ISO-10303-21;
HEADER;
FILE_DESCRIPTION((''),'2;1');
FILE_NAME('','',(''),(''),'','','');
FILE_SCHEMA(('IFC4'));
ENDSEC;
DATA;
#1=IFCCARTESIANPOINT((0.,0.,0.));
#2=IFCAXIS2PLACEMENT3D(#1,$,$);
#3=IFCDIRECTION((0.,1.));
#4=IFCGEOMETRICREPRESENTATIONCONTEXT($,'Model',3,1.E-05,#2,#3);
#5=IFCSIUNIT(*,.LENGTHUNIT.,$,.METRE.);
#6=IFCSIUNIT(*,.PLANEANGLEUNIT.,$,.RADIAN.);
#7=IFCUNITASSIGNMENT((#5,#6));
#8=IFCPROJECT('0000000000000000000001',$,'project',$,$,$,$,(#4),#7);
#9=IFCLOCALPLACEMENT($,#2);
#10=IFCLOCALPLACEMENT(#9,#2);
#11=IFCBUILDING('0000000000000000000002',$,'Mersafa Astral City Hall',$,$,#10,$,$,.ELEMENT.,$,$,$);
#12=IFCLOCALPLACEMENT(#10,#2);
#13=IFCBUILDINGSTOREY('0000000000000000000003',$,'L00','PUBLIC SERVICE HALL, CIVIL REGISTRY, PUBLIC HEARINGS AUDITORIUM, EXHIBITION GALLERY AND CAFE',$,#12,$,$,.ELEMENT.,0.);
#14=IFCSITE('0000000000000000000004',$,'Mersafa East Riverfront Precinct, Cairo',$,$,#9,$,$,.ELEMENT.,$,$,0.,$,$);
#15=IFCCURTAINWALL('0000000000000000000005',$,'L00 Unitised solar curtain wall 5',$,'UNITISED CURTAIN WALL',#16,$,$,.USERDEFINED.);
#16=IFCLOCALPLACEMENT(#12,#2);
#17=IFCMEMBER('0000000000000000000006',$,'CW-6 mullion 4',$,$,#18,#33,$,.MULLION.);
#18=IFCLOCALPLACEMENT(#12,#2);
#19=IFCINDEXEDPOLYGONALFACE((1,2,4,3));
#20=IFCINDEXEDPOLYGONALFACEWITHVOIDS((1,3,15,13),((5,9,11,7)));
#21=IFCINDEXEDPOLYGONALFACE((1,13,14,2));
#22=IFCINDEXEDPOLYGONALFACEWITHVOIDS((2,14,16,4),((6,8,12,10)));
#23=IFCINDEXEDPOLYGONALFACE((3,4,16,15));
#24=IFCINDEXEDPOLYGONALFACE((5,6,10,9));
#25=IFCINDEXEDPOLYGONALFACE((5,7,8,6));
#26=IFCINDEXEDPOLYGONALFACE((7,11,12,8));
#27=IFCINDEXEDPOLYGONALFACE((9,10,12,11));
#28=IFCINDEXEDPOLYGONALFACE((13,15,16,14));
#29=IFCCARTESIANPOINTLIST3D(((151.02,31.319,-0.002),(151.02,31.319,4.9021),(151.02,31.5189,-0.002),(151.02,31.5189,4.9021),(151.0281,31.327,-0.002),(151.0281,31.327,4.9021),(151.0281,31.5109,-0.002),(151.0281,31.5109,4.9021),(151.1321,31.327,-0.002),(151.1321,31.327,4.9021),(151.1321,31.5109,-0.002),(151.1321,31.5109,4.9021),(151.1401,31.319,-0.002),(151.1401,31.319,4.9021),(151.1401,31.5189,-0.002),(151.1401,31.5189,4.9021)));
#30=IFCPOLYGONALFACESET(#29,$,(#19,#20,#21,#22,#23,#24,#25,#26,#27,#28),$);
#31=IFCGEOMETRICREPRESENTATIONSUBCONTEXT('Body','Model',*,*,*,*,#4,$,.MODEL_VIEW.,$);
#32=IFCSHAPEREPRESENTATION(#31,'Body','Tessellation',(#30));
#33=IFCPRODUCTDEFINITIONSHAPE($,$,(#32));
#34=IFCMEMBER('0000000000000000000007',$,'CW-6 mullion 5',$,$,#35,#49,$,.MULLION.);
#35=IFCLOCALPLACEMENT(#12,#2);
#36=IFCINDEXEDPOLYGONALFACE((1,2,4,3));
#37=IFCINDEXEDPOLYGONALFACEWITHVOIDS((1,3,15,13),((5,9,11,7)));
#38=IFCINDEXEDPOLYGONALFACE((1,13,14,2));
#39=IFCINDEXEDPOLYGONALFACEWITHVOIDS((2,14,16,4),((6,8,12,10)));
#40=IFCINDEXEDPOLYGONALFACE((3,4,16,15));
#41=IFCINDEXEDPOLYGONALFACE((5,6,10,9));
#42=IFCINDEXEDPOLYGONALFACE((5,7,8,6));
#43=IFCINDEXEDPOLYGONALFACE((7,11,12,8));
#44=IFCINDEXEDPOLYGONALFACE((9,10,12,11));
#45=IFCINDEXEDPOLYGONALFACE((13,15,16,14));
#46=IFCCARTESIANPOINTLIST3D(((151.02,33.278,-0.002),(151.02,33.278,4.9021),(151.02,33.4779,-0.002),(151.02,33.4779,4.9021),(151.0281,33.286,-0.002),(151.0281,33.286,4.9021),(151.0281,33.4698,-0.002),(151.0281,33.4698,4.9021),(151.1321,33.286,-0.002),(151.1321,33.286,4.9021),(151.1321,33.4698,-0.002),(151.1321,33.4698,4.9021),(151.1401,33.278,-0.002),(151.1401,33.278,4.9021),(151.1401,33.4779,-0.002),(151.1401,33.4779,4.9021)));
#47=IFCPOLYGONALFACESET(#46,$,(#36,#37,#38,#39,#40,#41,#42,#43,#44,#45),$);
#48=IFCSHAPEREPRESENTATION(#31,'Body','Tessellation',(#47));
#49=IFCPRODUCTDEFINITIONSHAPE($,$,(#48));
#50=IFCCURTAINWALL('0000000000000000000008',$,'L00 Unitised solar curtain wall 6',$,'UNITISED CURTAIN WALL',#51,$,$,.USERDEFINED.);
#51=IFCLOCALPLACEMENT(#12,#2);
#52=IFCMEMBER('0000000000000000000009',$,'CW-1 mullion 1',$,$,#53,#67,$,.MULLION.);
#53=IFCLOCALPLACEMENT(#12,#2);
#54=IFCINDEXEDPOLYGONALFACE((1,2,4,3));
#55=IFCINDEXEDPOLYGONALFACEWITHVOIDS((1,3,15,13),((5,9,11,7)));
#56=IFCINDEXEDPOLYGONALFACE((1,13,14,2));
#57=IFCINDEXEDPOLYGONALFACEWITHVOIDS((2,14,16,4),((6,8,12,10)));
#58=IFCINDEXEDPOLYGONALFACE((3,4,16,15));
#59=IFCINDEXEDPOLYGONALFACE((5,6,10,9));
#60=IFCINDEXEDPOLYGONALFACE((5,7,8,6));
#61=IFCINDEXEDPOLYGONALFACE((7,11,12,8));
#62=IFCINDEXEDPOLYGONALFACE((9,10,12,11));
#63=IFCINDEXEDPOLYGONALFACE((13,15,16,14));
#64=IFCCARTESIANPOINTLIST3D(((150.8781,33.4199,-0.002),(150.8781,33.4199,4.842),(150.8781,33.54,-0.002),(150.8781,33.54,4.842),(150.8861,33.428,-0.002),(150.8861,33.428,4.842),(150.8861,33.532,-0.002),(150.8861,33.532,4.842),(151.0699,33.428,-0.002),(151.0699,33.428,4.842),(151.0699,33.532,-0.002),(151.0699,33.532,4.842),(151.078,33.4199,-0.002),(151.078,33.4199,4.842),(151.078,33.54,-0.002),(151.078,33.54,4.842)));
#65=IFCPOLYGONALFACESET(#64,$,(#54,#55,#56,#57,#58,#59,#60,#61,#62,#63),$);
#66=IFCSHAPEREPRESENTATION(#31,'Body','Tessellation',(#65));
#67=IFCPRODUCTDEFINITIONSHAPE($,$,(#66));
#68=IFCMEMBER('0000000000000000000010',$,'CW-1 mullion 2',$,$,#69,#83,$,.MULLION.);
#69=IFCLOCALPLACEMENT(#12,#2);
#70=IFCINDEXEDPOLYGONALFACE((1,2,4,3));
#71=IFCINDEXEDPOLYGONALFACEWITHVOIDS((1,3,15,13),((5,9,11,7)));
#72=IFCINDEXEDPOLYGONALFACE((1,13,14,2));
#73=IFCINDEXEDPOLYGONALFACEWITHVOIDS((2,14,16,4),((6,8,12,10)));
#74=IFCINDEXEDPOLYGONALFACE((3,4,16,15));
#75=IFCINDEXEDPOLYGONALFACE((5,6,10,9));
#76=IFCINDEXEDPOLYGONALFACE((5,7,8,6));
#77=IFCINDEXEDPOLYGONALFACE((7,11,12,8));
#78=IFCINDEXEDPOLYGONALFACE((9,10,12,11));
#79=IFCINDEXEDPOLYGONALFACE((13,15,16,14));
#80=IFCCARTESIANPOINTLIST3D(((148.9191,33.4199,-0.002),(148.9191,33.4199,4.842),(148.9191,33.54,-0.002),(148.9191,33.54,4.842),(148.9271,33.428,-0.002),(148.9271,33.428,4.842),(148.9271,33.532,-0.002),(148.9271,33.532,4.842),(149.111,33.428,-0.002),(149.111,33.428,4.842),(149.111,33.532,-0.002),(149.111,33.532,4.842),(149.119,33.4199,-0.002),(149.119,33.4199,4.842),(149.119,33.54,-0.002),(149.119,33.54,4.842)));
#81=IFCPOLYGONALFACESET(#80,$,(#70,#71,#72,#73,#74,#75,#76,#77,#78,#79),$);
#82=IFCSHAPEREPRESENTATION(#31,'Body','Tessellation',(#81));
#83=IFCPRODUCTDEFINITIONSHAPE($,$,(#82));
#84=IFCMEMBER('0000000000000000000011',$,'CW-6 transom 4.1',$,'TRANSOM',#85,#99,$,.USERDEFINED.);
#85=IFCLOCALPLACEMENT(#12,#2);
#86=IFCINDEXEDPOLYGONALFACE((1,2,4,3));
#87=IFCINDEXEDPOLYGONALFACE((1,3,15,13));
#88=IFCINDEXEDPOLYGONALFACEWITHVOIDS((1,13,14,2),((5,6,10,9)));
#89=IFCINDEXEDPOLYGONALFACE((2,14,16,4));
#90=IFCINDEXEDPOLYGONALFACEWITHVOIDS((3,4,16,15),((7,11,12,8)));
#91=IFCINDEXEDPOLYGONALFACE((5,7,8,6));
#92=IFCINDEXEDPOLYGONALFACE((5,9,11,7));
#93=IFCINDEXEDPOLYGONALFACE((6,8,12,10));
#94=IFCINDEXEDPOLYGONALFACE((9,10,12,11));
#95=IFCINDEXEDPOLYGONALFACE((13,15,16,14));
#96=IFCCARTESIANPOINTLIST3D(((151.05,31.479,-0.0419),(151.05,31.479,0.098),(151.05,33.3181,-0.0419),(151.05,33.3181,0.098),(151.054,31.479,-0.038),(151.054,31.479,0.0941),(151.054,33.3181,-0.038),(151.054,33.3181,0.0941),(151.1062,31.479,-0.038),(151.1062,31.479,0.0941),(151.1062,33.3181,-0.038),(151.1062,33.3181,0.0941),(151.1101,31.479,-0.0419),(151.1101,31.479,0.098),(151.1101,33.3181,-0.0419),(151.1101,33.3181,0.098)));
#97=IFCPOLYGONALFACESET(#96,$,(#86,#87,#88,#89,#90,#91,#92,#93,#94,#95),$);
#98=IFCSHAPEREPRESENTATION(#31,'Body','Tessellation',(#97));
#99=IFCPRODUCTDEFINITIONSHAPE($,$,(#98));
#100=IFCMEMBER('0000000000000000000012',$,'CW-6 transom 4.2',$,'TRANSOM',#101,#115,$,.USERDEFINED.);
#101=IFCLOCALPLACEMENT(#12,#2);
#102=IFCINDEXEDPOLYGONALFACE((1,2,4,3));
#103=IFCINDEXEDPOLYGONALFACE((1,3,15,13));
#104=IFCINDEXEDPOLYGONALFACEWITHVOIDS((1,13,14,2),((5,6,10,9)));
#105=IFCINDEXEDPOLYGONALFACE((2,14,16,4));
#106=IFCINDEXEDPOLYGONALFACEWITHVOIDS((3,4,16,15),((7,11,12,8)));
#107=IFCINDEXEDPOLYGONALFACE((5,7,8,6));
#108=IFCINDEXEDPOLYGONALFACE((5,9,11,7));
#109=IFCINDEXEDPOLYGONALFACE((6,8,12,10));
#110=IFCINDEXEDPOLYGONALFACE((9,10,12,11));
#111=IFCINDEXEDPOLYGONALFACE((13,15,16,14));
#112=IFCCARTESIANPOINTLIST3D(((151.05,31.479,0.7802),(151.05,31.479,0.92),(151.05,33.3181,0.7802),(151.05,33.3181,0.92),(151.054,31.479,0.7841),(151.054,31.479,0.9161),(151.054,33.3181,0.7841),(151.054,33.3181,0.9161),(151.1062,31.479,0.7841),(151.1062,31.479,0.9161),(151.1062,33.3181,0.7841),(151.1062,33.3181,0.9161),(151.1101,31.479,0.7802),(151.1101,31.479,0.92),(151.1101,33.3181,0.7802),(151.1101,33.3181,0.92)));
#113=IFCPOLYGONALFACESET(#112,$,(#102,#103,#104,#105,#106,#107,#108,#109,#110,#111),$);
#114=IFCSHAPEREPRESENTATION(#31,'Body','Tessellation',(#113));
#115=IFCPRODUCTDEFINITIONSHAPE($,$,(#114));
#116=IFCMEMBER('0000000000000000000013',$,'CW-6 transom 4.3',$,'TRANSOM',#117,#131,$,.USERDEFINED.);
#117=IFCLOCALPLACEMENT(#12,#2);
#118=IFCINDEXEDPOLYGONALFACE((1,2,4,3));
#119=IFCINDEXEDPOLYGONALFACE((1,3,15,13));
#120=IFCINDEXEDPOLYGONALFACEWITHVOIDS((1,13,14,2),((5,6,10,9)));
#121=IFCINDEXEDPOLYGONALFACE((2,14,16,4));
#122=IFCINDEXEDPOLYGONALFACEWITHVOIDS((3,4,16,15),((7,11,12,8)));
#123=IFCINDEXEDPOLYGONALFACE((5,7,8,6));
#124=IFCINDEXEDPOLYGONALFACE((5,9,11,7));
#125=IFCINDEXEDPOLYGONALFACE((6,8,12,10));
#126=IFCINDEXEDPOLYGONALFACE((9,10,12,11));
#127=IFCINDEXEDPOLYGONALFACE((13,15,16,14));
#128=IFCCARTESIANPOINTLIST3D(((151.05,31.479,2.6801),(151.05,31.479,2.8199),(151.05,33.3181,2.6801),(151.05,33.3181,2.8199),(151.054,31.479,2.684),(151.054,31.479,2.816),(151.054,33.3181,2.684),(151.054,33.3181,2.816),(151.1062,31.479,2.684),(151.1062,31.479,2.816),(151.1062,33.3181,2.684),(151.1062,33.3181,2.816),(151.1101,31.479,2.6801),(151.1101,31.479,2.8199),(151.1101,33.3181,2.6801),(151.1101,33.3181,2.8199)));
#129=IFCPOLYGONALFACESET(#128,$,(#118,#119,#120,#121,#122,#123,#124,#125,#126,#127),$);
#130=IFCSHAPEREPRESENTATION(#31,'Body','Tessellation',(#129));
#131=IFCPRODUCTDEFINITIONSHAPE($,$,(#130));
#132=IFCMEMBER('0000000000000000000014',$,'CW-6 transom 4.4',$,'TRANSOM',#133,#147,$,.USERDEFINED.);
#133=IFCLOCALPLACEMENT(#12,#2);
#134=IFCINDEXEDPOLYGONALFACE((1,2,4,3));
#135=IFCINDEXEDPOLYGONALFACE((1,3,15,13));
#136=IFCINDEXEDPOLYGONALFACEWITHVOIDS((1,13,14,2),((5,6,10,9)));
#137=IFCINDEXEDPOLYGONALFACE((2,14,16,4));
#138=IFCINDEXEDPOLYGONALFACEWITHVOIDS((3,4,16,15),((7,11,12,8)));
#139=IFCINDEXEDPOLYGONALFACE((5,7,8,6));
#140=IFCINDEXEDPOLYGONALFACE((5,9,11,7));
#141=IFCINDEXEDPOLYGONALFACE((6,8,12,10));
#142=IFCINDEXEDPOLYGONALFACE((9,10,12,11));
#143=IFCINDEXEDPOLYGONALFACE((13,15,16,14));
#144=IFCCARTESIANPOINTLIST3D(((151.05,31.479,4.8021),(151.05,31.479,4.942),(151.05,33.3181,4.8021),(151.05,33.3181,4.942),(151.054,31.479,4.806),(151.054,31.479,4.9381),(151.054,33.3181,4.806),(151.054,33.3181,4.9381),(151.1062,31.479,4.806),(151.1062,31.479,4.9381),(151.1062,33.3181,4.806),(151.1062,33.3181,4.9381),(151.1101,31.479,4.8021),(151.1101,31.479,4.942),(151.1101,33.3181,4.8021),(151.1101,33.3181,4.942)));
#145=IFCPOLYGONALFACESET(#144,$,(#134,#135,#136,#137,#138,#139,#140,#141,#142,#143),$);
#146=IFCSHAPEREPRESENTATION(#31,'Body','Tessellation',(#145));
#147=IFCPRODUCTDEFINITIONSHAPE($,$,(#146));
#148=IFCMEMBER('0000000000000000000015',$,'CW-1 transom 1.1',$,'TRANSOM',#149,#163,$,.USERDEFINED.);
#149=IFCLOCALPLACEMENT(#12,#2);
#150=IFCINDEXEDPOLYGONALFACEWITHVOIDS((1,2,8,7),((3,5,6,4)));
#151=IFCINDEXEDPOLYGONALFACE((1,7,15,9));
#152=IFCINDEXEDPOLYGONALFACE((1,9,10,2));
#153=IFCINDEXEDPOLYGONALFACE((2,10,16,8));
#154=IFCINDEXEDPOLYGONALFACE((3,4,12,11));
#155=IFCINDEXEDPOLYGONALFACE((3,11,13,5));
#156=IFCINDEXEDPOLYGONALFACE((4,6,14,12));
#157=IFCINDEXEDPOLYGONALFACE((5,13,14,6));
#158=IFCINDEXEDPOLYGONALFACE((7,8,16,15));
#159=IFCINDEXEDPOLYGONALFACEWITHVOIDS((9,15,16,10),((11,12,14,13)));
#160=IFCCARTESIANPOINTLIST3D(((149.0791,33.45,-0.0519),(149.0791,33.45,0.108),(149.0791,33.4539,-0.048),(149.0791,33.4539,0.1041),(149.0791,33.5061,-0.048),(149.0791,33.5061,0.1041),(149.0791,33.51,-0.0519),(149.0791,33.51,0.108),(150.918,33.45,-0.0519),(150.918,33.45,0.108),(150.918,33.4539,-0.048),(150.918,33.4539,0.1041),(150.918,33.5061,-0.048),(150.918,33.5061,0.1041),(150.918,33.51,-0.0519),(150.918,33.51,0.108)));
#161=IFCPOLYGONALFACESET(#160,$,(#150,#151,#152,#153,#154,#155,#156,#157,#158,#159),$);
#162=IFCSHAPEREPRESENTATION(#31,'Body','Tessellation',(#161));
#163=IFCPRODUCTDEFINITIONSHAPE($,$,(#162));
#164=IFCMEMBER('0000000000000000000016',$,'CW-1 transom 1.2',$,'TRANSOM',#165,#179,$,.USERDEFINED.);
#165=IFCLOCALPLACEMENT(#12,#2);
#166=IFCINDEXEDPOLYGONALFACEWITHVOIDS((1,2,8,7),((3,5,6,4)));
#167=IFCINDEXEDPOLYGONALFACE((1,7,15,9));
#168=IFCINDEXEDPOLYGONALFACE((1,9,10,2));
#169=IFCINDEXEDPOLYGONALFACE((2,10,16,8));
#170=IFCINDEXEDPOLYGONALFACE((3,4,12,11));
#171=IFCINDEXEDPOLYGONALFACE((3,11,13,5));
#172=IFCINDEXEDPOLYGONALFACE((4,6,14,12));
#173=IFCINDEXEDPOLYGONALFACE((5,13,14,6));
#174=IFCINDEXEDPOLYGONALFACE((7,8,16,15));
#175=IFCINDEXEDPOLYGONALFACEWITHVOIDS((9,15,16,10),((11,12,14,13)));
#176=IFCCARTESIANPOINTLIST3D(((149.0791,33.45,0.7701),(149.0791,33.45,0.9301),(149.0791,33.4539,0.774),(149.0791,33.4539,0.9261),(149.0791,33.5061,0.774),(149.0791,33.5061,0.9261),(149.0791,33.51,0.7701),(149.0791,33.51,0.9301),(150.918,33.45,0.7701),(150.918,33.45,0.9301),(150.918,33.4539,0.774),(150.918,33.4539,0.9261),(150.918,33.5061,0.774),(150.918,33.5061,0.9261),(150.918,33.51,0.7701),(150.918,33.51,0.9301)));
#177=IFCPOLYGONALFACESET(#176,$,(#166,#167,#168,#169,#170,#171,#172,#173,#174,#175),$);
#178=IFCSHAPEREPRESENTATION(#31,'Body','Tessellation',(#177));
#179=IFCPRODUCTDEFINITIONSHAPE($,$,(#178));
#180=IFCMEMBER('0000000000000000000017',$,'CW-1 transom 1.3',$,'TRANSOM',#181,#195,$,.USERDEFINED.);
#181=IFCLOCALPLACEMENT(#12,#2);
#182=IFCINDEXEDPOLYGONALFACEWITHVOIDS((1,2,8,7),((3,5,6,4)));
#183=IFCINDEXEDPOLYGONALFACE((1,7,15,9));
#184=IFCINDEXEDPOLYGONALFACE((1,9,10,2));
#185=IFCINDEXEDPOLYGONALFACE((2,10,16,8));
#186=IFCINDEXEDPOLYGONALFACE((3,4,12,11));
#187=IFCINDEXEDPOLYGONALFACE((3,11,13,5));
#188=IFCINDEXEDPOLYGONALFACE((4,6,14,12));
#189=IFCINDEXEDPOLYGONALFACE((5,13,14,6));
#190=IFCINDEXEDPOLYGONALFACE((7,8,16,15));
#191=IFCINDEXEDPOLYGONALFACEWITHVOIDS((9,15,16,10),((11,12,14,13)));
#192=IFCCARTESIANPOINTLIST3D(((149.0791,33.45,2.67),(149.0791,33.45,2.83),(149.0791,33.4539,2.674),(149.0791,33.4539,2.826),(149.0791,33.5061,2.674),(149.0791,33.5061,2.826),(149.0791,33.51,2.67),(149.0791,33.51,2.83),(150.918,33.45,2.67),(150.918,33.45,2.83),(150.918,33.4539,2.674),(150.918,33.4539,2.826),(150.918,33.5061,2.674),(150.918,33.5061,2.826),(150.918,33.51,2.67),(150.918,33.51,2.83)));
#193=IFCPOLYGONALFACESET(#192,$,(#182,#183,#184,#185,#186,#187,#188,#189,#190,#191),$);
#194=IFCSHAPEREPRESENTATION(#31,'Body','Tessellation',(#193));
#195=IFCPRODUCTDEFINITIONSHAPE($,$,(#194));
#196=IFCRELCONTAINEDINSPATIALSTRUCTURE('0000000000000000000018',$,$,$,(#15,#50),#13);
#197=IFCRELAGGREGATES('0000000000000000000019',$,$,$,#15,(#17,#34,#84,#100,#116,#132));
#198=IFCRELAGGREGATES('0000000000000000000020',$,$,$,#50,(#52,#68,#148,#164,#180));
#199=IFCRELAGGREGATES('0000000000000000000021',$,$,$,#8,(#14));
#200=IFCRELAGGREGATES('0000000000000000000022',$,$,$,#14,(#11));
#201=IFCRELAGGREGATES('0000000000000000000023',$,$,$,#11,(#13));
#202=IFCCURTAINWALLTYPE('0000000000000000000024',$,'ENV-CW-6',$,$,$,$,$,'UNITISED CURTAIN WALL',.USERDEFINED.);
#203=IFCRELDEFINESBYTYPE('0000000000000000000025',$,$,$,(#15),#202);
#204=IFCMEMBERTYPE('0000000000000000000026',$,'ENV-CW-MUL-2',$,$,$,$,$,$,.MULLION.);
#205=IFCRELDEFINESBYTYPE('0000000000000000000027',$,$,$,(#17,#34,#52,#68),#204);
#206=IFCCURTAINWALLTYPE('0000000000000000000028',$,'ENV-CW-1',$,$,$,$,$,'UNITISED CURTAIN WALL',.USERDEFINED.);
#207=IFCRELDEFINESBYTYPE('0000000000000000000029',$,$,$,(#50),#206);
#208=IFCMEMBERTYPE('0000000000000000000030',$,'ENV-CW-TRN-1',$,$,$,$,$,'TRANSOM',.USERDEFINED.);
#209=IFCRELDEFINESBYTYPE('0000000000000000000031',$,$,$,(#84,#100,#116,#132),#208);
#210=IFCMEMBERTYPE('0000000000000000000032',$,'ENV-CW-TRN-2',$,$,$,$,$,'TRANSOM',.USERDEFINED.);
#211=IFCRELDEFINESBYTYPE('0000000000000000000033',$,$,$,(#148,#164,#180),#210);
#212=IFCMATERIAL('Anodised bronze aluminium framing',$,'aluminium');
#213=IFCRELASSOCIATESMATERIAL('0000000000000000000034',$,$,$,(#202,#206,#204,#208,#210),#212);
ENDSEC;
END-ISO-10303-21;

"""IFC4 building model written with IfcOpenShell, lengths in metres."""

from ifc_helpers import new_model, si_unit, direction, frame, origin, origin_2d, place, context, subcontext, project, spatial, hollow_rectangle, extrude, material, material_profile, profile_set, type_object, element, aggregate, save


model = new_model("IFC4")

# Units and contexts
model_context = context("Model", 3, precision=1e-05, world=origin(), true_north=direction((0.0, 1.0)))
body_context = subcontext(model_context, "Body", "Model", "MODEL_VIEW")
ifc_project = project(units=[si_unit("LENGTHUNIT", "METRE"), si_unit("PLANEANGLEUNIT", "RADIAN")], contexts=[model_context])

# Site, building, storey
site_placement = place(None, origin())
site = spatial("IfcSite", under=ifc_project, at=site_placement, Name="Mersafa East Riverfront Precinct, Cairo", CompositionType="ELEMENT", RefElevation=0.0)
building_placement = place(site_placement, origin())
building = spatial("IfcBuilding", under=site, at=building_placement, Name="Mersafa Astral City Hall", CompositionType="ELEMENT")
storey_placement = place(building_placement, origin())
storey = spatial("IfcBuildingStorey", under=building, at=storey_placement, Name="L00", Description="PUBLIC SERVICE HALL, CIVIL REGISTRY, PUBLIC HEARINGS AUDITORIUM, EXHIBITION GALLERY AND CAFE", CompositionType="ELEMENT", Elevation=0.0)

# Curtain walls, members
ifc_material_1 = material(Name="Anodised bronze aluminium framing", Category="aluminium")
curtain_wall_type_1 = type_object("IfcCurtainWallType", Name="ENV-CW-6", ElementType="UNITISED CURTAIN WALL", PredefinedType="USERDEFINED", material=ifc_material_1)
curtain_wall_1_placement = place(storey_placement, origin())
curtain_wall_1 = element("IfcCurtainWall", 1, at=curtain_wall_1_placement, inside=storey, type_object=curtain_wall_type_1, Name="L00 Unitised solar curtain wall 5", ObjectType="UNITISED CURTAIN WALL", PredefinedType="USERDEFINED")
ifc_material_profile_1 = material_profile(ifc_material_1, hollow_rectangle(XDim=0.1201, YDim=0.2, WallThickness=0.0081, at=origin_2d()), Name="RHS 120x200x8")
ifc_profile_set_1 = profile_set([ifc_material_profile_1], Name="Anodised bronze aluminium framing")
member_type_1 = type_object("IfcMemberType", Name="ENV-CW-MUL-2", PredefinedType="MULLION", material=ifc_profile_set_1)
member_1_placement = place(storey_placement, frame((151.0801, 31.4189, -0.002), z_axis=(0.0, 0.0, 1.0), x_axis=(-1.0, 0.0, 0.0)))
member_1 = element("IfcMember", 2, at=member_1_placement, type_object=member_type_1, Name="CW-6 mullion 4", PredefinedType="MULLION", context=body_context, shape_type="SweptSolid", body=[
    extrude(hollow_rectangle(XDim=0.1201, YDim=0.2, WallThickness=0.0081, at=origin_2d()), origin(), (0.0, 0.0, 1.0), 4.9041),
])
member_2_placement = place(storey_placement, frame((151.0801, 33.3779, -0.002), z_axis=(0.0, 0.0, 1.0), x_axis=(-1.0, 0.0, 0.0)))
member_2 = element("IfcMember", 3, at=member_2_placement, type_object=member_type_1, Name="CW-6 mullion 5", PredefinedType="MULLION", context=body_context, shape_type="SweptSolid", body=[
    extrude(hollow_rectangle(XDim=0.1201, YDim=0.2, WallThickness=0.0081, at=origin_2d()), origin(), (0.0, 0.0, 1.0), 4.9041),
])
curtain_wall_type_2 = type_object("IfcCurtainWallType", Name="ENV-CW-1", ElementType="UNITISED CURTAIN WALL", PredefinedType="USERDEFINED", material=ifc_material_1)
curtain_wall_2_placement = place(storey_placement, origin())
curtain_wall_2 = element("IfcCurtainWall", 4, at=curtain_wall_2_placement, inside=storey, type_object=curtain_wall_type_2, Name="L00 Unitised solar curtain wall 6", ObjectType="UNITISED CURTAIN WALL", PredefinedType="USERDEFINED")
member_3_placement = place(storey_placement, frame((150.978, 33.48, -0.002), z_axis=(0.0, 0.0, 1.0), x_axis=(0.0, -1.0, 0.0)))
member_3 = element("IfcMember", 5, at=member_3_placement, type_object=member_type_1, Name="CW-1 mullion 1", PredefinedType="MULLION", context=body_context, shape_type="SweptSolid", body=[
    extrude(hollow_rectangle(XDim=0.1201, YDim=0.2, WallThickness=0.0081, at=origin_2d()), origin(), (0.0, 0.0, 1.0), 4.844),
])
member_4_placement = place(storey_placement, frame((149.019, 33.48, -0.002), z_axis=(0.0, 0.0, 1.0), x_axis=(0.0, -1.0, 0.0)))
member_4 = element("IfcMember", 6, at=member_4_placement, type_object=member_type_1, Name="CW-1 mullion 2", PredefinedType="MULLION", context=body_context, shape_type="SweptSolid", body=[
    extrude(hollow_rectangle(XDim=0.1201, YDim=0.2, WallThickness=0.0081, at=origin_2d()), origin(), (0.0, 0.0, 1.0), 4.844),
])

# Members
ifc_material_profile_2 = material_profile(ifc_material_1, hollow_rectangle(XDim=0.0601, YDim=0.1399, WallThickness=0.0039, at=origin_2d()), Name="RHS 60x140x4")
ifc_profile_set_2 = profile_set([ifc_material_profile_2], Name="Anodised bronze aluminium framing")
member_type_2 = type_object("IfcMemberType", Name="ENV-CW-TRN-1", ElementType="TRANSOM", PredefinedType="USERDEFINED", material=ifc_profile_set_2)
member_5_placement = place(storey_placement, frame((151.0801, 31.479, 0.0281), z_axis=(0.0, 1.0, 0.0), x_axis=(-1.0, 0.0, 0.0)))
member_5 = element("IfcMember", 7, at=member_5_placement, type_object=member_type_2, Name="CW-6 transom 4.1", ObjectType="TRANSOM", PredefinedType="USERDEFINED", context=body_context, shape_type="SweptSolid", body=[
    extrude(hollow_rectangle(XDim=0.0601, YDim=0.1399, WallThickness=0.0039, at=origin_2d()), origin(), (0.0, 0.0, 1.0), 1.8391),
])
member_6_placement = place(storey_placement, frame((151.0801, 31.479, 0.8501), z_axis=(0.0, 1.0, 0.0), x_axis=(-1.0, 0.0, 0.0)))
member_6 = element("IfcMember", 8, at=member_6_placement, type_object=member_type_2, Name="CW-6 transom 4.2", ObjectType="TRANSOM", PredefinedType="USERDEFINED", context=body_context, shape_type="SweptSolid", body=[
    extrude(hollow_rectangle(XDim=0.0601, YDim=0.1399, WallThickness=0.0039, at=origin_2d()), origin(), (0.0, 0.0, 1.0), 1.8391),
])
member_7_placement = place(storey_placement, frame((151.0801, 31.479, 2.75), z_axis=(0.0, 1.0, 0.0), x_axis=(-1.0, 0.0, 0.0)))
member_7 = element("IfcMember", 9, at=member_7_placement, type_object=member_type_2, Name="CW-6 transom 4.3", ObjectType="TRANSOM", PredefinedType="USERDEFINED", context=body_context, shape_type="SweptSolid", body=[
    extrude(hollow_rectangle(XDim=0.0601, YDim=0.1399, WallThickness=0.0039, at=origin_2d()), origin(), (0.0, 0.0, 1.0), 1.8391),
])
member_8_placement = place(storey_placement, frame((151.0801, 31.479, 4.8721), z_axis=(0.0, 1.0, 0.0), x_axis=(-1.0, 0.0, 0.0)))
member_8 = element("IfcMember", 10, at=member_8_placement, type_object=member_type_2, Name="CW-6 transom 4.4", ObjectType="TRANSOM", PredefinedType="USERDEFINED", context=body_context, shape_type="SweptSolid", body=[
    extrude(hollow_rectangle(XDim=0.0601, YDim=0.1399, WallThickness=0.0039, at=origin_2d()), origin(), (0.0, 0.0, 1.0), 1.8391),
])
ifc_material_profile_3 = material_profile(ifc_material_1, hollow_rectangle(XDim=0.0601, YDim=0.1599, WallThickness=0.0039, at=origin_2d()), Name="RHS 60x160x4")
ifc_profile_set_3 = profile_set([ifc_material_profile_3], Name="Anodised bronze aluminium framing")
member_type_3 = type_object("IfcMemberType", Name="ENV-CW-TRN-2", ElementType="TRANSOM", PredefinedType="USERDEFINED", material=ifc_profile_set_3)
member_9_placement = place(storey_placement, frame((150.918, 33.48, 0.0281), z_axis=(-1.0, 0.0, 0.0), x_axis=(0.0, -1.0, 0.0)))
member_9 = element("IfcMember", 11, at=member_9_placement, type_object=member_type_3, Name="CW-1 transom 1.1", ObjectType="TRANSOM", PredefinedType="USERDEFINED", context=body_context, shape_type="SweptSolid", body=[
    extrude(hollow_rectangle(XDim=0.0601, YDim=0.1599, WallThickness=0.0039, at=origin_2d()), origin(), (0.0, 0.0, 1.0), 1.8389),
])
member_10_placement = place(storey_placement, frame((150.918, 33.48, 0.8501), z_axis=(-1.0, 0.0, 0.0), x_axis=(0.0, -1.0, 0.0)))
member_10 = element("IfcMember", 12, at=member_10_placement, type_object=member_type_3, Name="CW-1 transom 1.2", ObjectType="TRANSOM", PredefinedType="USERDEFINED", context=body_context, shape_type="SweptSolid", body=[
    extrude(hollow_rectangle(XDim=0.0601, YDim=0.1599, WallThickness=0.0039, at=origin_2d()), origin(), (0.0, 0.0, 1.0), 1.8389),
])
member_11_placement = place(storey_placement, frame((150.918, 33.48, 2.75), z_axis=(-1.0, 0.0, 0.0), x_axis=(0.0, -1.0, 0.0)))
member_11 = element("IfcMember", 13, at=member_11_placement, type_object=member_type_3, Name="CW-1 transom 1.3", ObjectType="TRANSOM", PredefinedType="USERDEFINED", context=body_context, shape_type="SweptSolid", body=[
    extrude(hollow_rectangle(XDim=0.0601, YDim=0.1599, WallThickness=0.0039, at=origin_2d()), origin(), (0.0, 0.0, 1.0), 1.8389),
])

aggregate(curtain_wall_1, [member_1, member_2, member_5, member_6, member_7, member_8])
aggregate(curtain_wall_2, [member_3, member_4, member_9, member_10, member_11])

save(model, "model.ifc")
